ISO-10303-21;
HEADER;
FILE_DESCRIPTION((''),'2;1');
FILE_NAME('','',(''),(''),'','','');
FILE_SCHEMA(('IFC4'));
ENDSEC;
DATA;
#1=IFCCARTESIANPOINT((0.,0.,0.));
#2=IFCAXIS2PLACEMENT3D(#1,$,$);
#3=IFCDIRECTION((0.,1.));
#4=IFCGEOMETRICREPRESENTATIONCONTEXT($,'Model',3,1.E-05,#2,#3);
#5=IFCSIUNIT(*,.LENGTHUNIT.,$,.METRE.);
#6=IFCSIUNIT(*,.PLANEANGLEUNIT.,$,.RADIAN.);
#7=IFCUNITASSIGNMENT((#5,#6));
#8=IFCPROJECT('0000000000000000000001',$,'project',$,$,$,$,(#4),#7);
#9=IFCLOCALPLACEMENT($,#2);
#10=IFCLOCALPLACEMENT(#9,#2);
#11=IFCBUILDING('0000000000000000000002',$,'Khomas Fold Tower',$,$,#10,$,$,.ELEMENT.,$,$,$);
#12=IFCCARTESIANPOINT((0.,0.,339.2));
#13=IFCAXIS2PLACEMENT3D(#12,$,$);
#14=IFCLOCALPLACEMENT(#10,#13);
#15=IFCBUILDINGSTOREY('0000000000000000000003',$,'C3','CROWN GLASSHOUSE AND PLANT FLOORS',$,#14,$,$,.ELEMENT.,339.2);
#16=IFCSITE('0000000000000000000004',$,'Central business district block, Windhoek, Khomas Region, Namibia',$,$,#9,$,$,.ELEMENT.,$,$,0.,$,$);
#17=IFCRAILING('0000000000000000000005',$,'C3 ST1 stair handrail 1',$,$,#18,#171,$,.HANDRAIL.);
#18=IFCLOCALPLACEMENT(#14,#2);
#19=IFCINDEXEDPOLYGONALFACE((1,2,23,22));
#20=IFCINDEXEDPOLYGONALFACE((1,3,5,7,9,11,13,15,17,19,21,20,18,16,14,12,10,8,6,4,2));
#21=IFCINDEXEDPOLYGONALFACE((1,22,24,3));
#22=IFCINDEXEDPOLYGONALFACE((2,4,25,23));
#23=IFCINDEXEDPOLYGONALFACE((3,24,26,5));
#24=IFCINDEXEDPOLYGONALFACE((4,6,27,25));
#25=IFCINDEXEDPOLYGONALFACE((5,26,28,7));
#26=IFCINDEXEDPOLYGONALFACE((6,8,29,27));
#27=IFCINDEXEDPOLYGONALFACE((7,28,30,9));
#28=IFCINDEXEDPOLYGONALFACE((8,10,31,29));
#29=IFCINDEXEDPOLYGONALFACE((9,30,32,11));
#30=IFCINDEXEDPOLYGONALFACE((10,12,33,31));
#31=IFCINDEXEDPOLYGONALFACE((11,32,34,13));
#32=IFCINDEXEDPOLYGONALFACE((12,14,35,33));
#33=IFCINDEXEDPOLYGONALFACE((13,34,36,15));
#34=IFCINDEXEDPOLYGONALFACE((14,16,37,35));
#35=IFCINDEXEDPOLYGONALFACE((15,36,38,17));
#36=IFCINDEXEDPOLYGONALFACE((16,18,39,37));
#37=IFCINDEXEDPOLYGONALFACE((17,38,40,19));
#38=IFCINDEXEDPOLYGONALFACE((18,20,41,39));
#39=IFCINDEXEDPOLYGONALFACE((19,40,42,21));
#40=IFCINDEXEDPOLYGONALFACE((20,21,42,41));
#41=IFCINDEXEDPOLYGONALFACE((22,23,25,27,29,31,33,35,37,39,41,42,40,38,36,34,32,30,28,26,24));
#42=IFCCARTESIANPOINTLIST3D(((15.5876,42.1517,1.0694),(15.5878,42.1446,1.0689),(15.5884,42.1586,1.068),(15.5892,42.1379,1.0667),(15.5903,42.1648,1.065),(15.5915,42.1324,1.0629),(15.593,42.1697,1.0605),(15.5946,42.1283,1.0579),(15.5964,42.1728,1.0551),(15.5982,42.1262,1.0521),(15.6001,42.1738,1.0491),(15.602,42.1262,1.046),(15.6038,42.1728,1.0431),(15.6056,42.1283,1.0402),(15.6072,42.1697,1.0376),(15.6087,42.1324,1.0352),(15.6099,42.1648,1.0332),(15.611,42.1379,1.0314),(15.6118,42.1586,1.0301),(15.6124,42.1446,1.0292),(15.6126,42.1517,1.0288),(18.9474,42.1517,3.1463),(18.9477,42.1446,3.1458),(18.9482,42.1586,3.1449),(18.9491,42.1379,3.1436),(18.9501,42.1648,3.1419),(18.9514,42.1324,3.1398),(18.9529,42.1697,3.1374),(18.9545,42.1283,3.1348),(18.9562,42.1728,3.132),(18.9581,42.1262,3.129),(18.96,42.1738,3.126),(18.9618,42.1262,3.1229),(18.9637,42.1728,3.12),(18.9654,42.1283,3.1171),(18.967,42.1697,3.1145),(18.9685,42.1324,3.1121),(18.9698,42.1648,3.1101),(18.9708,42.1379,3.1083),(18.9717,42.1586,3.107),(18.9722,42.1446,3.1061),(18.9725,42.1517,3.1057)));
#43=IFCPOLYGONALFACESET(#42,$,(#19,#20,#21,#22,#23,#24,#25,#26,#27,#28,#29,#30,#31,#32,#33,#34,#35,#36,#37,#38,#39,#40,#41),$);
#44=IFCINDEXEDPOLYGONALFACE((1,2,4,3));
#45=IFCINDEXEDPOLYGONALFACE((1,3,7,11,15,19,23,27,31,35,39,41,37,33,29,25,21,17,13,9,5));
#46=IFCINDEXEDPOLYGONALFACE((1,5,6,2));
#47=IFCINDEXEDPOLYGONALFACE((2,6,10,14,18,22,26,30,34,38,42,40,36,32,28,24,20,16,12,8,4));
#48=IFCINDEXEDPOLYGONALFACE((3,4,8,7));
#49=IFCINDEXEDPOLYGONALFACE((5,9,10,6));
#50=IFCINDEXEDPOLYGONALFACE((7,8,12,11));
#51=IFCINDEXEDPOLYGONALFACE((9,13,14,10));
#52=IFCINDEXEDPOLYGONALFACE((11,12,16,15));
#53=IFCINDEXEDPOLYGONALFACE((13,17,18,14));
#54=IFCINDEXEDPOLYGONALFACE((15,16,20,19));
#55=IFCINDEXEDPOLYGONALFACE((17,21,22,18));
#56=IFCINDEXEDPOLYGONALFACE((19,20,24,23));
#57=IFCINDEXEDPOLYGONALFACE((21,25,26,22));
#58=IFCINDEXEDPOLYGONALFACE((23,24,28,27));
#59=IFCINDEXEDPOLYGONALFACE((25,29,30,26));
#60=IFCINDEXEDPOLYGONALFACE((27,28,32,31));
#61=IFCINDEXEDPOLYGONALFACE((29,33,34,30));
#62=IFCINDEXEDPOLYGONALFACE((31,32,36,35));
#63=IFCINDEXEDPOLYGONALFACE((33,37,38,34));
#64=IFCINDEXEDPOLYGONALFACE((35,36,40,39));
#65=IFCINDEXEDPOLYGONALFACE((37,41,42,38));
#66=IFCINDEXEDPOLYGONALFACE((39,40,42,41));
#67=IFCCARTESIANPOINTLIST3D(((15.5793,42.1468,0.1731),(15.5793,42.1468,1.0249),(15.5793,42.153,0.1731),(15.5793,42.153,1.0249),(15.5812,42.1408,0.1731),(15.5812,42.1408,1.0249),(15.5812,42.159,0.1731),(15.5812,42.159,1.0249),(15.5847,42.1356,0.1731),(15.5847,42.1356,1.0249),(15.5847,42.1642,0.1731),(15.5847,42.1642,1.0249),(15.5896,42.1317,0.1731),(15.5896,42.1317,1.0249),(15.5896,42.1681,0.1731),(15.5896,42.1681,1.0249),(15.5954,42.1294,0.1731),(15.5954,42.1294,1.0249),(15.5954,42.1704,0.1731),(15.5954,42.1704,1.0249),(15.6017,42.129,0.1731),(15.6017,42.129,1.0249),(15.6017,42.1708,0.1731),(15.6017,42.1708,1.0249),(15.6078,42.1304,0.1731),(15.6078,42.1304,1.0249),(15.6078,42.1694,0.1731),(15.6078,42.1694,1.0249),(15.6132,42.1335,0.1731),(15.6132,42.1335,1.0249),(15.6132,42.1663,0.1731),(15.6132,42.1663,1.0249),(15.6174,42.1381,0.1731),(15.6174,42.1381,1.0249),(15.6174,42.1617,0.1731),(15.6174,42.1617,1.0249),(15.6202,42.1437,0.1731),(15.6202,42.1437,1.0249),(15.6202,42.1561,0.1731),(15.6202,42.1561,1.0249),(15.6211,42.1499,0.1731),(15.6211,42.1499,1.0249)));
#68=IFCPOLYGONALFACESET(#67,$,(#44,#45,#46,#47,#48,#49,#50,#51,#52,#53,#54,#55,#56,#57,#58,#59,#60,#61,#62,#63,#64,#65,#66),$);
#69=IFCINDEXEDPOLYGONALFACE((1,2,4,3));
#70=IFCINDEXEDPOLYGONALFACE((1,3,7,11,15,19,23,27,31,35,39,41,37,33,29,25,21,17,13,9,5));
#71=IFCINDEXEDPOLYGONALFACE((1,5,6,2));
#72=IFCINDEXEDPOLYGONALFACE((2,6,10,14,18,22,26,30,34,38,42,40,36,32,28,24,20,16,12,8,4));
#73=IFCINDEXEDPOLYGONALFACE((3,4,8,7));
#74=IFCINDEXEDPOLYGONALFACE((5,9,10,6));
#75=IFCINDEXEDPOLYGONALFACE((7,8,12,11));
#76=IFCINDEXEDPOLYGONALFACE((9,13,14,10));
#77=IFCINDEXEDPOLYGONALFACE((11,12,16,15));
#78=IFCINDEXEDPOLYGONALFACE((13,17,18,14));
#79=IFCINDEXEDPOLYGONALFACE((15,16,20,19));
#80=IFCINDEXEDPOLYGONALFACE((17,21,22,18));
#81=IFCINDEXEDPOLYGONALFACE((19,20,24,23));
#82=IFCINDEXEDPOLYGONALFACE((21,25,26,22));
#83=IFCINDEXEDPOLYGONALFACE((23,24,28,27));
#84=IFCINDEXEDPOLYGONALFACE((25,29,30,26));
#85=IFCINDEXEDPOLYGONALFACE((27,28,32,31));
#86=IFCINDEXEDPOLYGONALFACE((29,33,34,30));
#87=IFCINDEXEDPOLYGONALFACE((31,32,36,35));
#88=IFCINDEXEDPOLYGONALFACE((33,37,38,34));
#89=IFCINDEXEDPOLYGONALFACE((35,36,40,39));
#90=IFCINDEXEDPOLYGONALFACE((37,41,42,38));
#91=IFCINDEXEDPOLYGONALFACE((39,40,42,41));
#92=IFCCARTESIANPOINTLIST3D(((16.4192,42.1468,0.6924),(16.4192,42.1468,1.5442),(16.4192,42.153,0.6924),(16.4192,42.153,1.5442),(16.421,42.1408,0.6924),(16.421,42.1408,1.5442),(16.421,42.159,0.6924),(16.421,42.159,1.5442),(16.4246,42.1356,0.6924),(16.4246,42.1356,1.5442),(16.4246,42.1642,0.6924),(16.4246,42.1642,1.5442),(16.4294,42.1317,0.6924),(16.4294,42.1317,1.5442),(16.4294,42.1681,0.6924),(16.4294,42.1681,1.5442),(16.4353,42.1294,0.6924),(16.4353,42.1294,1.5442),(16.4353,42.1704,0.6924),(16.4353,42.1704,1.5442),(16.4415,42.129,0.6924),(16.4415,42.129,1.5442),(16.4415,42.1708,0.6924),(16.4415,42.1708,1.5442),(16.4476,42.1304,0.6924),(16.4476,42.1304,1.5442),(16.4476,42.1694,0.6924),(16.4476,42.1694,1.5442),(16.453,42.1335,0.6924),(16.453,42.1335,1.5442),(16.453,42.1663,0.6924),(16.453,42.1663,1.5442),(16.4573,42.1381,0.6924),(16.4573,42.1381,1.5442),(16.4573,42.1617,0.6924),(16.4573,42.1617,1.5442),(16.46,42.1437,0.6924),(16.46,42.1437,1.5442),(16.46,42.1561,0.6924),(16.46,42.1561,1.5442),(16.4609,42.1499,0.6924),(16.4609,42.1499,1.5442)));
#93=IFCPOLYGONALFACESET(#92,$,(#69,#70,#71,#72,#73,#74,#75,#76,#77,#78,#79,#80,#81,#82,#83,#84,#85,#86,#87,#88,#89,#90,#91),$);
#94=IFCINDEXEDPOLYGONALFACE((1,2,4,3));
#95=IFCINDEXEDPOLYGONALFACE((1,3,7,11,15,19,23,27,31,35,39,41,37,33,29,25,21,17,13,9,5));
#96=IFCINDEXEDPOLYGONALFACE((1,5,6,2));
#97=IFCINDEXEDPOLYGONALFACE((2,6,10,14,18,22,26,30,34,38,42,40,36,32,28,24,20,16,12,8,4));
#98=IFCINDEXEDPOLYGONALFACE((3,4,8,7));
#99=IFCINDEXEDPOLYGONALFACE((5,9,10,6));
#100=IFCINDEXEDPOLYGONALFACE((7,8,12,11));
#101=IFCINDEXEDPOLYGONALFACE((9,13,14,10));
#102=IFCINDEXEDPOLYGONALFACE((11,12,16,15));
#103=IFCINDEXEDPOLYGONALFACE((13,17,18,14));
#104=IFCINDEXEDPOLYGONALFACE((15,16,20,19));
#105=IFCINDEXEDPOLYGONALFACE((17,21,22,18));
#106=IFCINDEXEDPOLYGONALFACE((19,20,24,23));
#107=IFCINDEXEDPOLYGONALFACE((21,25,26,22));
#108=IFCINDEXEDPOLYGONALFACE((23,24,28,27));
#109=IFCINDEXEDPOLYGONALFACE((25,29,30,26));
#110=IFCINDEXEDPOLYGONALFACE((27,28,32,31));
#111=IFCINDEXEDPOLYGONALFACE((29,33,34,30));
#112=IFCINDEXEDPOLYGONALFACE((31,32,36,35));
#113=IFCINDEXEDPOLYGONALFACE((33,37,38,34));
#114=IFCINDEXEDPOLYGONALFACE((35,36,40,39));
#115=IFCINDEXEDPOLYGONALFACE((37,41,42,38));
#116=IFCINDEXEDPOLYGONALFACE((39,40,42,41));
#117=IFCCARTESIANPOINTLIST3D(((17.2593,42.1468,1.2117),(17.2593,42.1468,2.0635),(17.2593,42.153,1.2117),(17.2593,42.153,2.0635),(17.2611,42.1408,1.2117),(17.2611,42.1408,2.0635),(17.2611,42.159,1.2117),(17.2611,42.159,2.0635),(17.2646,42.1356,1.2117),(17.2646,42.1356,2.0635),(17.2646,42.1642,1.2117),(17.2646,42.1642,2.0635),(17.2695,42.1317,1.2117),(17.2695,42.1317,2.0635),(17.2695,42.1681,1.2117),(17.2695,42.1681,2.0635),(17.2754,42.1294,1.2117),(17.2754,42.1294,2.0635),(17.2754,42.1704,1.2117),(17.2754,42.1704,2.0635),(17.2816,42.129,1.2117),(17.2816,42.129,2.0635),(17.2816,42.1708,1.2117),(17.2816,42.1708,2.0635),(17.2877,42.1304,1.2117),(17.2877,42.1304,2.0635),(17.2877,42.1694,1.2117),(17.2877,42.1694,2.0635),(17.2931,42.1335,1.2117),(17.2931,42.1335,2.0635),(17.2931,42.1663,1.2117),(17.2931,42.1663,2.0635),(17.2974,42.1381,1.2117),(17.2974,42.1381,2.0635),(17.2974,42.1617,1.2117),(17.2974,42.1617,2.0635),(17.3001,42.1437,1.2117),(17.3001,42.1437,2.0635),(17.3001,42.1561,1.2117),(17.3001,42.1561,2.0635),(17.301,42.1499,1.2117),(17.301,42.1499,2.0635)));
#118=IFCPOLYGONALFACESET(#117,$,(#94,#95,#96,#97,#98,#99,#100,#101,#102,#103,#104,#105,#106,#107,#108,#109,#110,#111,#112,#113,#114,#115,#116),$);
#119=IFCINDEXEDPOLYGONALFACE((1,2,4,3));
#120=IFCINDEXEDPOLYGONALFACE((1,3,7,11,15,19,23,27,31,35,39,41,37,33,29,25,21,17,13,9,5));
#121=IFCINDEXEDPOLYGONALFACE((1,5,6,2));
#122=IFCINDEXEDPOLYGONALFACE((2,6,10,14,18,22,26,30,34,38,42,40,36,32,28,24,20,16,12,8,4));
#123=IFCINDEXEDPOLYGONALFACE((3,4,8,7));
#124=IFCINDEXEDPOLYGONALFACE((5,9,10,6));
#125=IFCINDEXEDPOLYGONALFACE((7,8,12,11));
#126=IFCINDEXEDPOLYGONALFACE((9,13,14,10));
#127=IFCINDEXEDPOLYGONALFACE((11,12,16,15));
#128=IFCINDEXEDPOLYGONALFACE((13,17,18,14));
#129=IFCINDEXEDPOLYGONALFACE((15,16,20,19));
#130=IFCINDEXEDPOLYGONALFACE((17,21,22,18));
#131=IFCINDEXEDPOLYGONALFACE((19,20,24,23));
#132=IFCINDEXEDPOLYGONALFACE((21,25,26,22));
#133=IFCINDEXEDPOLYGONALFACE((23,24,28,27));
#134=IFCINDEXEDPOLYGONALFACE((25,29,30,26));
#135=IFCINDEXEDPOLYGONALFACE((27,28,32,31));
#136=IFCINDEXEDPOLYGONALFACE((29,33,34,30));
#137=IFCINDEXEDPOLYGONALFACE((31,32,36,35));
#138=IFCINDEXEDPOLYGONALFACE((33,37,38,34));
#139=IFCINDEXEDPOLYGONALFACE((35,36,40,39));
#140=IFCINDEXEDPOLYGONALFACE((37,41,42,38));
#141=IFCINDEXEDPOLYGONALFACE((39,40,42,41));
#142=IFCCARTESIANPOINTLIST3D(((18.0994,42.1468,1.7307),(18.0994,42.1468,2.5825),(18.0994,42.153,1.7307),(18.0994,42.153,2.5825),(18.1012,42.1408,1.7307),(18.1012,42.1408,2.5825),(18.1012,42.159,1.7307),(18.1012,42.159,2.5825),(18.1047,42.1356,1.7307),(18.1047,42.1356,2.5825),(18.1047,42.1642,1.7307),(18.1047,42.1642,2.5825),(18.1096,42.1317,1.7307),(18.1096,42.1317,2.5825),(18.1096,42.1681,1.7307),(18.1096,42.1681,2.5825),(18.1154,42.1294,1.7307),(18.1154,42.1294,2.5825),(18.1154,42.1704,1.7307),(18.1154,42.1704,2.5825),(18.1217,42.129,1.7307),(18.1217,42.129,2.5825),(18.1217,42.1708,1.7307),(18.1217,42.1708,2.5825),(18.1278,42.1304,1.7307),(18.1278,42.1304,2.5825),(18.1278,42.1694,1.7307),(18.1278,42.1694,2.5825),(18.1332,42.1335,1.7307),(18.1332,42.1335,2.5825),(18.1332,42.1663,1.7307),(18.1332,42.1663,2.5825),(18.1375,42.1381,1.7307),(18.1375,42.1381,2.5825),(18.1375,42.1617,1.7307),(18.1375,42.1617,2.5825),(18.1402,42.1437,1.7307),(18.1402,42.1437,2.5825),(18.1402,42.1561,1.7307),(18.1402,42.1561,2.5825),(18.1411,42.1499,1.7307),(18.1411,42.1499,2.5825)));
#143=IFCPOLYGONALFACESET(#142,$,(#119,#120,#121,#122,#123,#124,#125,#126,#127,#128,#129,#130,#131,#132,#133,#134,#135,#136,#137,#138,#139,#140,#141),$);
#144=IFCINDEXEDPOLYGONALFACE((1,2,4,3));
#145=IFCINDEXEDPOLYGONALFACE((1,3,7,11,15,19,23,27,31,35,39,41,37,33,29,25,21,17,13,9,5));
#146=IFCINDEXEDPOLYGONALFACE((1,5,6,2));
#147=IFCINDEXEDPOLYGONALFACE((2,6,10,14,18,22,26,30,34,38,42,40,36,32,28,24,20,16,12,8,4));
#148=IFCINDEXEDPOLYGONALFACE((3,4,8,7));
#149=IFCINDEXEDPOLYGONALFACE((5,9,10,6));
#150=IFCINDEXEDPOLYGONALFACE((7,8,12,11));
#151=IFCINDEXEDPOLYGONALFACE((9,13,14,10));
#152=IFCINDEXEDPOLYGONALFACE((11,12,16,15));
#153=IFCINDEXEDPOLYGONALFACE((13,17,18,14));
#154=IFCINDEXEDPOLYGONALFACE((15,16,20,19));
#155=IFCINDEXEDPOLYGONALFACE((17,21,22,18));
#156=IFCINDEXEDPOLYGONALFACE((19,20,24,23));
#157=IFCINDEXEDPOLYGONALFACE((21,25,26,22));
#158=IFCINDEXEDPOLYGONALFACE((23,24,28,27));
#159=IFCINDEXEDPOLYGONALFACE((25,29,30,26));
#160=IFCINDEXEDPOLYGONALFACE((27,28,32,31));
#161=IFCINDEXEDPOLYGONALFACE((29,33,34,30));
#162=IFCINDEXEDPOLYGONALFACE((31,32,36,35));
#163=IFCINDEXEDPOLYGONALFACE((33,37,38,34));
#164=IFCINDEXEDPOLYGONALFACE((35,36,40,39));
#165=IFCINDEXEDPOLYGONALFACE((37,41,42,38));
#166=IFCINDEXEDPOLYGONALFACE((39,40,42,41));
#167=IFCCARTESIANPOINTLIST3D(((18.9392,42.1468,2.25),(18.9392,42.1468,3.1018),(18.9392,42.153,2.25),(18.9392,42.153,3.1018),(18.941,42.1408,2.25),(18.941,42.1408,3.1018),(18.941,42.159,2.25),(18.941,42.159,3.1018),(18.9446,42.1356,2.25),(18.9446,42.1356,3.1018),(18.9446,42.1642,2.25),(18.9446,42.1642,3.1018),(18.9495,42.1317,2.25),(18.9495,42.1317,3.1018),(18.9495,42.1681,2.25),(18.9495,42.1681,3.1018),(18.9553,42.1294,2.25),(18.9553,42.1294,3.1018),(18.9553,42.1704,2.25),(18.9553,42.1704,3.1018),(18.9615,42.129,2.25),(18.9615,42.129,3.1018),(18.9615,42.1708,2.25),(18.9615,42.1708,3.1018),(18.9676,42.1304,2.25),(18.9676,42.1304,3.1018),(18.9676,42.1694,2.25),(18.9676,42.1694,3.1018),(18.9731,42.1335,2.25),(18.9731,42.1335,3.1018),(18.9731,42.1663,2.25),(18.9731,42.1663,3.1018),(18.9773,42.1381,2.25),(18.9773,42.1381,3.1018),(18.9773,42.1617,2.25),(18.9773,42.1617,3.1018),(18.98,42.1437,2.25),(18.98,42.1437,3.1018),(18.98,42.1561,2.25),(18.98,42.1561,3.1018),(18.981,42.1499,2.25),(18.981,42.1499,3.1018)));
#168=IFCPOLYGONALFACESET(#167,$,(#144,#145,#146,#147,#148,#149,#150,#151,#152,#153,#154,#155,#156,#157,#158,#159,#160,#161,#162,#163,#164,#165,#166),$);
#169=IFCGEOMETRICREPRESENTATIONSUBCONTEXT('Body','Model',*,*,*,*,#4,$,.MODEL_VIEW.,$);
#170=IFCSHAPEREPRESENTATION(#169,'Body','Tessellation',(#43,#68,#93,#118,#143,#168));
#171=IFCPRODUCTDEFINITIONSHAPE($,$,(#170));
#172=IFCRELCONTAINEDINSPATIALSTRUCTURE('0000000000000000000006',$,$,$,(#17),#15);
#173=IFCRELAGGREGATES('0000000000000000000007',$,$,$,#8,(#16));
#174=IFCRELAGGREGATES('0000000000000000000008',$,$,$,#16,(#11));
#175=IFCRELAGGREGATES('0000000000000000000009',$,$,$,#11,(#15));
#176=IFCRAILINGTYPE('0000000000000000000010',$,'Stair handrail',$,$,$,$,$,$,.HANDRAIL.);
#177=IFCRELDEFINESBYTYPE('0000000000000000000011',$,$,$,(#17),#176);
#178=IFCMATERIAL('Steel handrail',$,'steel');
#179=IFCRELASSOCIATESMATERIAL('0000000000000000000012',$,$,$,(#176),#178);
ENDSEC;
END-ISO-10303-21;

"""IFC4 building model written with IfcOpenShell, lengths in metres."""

from ifc_helpers import new_model, si_unit, direction, frame, origin, origin_2d, place, context, subcontext, project, spatial, circle, extrude, source, transform, mapped, material, type_object, element, save


model = new_model("IFC4")

# Units and contexts
model_context = context("Model", 3, precision=1e-05, world=origin(), true_north=direction((0.0, 1.0)))
body_context = subcontext(model_context, "Body", "Model", "MODEL_VIEW")
ifc_project = project(units=[si_unit("LENGTHUNIT", "METRE"), si_unit("PLANEANGLEUNIT", "RADIAN")], contexts=[model_context])

# Site, building, storey
site_placement = place(None, origin())
site = spatial("IfcSite", under=ifc_project, at=site_placement, Name="Central business district block, Windhoek, Khomas Region, Namibia", CompositionType="ELEMENT", RefElevation=0.0)
building_placement = place(site_placement, origin())
building = spatial("IfcBuilding", under=site, at=building_placement, Name="Khomas Fold Tower", CompositionType="ELEMENT")
storey_placement = place(building_placement, frame((0.0, 0.0, 339.2)))
storey = spatial("IfcBuildingStorey", under=building, at=storey_placement, Name="C3", Description="CROWN GLASSHOUSE AND PLANT FLOORS", CompositionType="ELEMENT", Elevation=339.2)

# Railing
ifc_material_1 = material(Name="Steel handrail", Category="steel")
railing_type_1 = type_object("IfcRailingType", Name="Stair handrail", PredefinedType="HANDRAIL", material=ifc_material_1)
shared_shape_1 = source(origin(), body_context, "Body", "SweptSolid", [
    extrude(circle(Radius=0.0239, at=origin_2d()), frame((0.0, 0.0, 0.876), z_axis=(0.850606, 0.0, 0.525803), x_axis=(0.0, 1.0, 0.0)), (0.0, 0.0, 1.0), 3.95),
    extrude(circle(Radius=0.021, at=origin_2d()), origin(), (0.0, 0.0, 1.0), 0.8518),
    extrude(circle(Radius=0.021, at=origin_2d()), frame((0.8398, 0.0, 0.5193)), (0.0, 0.0, 1.0), 0.8518),
    extrude(circle(Radius=0.021, at=origin_2d()), frame((1.6799, 0.0, 1.0386)), (0.0, 0.0, 1.0), 0.8518),
    extrude(circle(Radius=0.021, at=origin_2d()), frame((2.52, 0.0, 1.5576)), (0.0, 0.0, 1.0), 0.8518),
    extrude(circle(Radius=0.021, at=origin_2d()), frame((3.3599, 0.0, 2.0769)), (0.0, 0.0, 1.0), 0.8518),
])
railing_1_placement = place(storey_placement, frame((15.6001, 42.1499, 0.1731)))
element("IfcRailing", 1, at=railing_1_placement, inside=storey, type_object=railing_type_1, Name="C3 ST1 stair handrail 1", PredefinedType="HANDRAIL", context=body_context, shape_type="MappedRepresentation", body=[
    mapped(shared_shape_1, transform((0.0, 0.0, 0.0))),
])

save(model, "model.ifc")
